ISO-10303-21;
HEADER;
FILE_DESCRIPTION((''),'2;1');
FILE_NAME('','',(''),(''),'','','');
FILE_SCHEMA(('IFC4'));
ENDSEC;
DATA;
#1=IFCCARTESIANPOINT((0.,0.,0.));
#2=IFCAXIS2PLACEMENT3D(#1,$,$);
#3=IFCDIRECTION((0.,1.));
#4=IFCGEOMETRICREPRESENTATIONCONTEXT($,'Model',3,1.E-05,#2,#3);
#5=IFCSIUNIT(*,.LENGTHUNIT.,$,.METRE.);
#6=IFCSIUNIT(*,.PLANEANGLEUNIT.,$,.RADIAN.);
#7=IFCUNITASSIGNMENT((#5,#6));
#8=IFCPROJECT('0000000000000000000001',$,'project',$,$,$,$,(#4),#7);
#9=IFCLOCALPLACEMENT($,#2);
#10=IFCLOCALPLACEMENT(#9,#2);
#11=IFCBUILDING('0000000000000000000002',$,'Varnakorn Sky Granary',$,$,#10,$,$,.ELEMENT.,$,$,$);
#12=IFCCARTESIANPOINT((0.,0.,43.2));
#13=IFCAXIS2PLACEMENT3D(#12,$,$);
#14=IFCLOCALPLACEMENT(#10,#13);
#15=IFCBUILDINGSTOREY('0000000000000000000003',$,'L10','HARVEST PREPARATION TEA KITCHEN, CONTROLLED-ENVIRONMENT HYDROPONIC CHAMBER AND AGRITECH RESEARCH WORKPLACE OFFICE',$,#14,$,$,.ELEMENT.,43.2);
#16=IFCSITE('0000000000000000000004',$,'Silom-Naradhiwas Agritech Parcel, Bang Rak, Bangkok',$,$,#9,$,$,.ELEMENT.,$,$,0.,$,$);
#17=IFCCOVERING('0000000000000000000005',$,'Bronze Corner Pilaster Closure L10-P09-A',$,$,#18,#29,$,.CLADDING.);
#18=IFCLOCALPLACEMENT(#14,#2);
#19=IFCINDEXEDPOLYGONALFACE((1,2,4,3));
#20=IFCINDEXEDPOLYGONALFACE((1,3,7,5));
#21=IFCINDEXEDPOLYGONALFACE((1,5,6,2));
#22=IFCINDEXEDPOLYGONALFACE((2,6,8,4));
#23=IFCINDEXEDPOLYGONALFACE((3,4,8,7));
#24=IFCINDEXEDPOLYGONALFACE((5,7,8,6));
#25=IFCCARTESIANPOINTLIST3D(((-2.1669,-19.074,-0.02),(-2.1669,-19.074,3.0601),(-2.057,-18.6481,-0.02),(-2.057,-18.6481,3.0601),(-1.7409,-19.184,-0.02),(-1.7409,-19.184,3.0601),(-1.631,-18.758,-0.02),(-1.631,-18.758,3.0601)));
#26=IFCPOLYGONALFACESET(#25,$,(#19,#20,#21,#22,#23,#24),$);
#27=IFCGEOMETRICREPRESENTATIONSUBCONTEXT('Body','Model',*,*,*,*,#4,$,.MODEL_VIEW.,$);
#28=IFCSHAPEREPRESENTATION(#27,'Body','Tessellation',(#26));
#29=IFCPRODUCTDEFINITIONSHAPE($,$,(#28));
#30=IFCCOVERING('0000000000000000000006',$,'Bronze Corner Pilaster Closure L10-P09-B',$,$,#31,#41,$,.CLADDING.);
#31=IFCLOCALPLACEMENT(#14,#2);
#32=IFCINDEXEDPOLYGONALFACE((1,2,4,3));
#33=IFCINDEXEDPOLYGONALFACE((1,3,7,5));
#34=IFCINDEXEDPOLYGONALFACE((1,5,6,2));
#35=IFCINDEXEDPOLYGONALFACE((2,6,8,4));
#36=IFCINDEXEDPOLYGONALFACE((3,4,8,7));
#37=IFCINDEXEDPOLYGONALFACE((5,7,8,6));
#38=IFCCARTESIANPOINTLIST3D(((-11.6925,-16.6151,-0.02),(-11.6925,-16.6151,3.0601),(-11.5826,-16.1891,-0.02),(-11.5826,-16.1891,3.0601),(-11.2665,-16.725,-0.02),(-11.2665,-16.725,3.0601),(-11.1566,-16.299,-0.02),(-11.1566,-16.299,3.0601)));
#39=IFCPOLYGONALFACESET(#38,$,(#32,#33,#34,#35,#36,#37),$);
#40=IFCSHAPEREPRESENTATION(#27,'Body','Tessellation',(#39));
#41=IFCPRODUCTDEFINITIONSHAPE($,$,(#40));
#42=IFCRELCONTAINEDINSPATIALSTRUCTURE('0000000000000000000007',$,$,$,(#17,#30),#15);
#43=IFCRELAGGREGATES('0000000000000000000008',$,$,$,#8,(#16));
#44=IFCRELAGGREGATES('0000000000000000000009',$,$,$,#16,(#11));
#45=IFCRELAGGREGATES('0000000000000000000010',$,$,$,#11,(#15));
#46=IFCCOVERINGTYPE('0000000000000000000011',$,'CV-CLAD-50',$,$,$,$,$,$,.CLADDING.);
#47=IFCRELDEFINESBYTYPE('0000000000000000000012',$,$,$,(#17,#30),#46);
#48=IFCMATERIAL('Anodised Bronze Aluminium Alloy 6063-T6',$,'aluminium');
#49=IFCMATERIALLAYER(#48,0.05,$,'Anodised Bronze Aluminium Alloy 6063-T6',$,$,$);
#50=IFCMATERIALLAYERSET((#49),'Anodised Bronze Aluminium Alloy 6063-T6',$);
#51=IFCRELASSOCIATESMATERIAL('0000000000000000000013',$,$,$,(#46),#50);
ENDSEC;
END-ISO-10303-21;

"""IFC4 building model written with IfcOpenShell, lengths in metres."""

from ifc_helpers import new_model, si_unit, direction, frame, origin, origin_2d, place, context, subcontext, project, spatial, rectangle, extrude, source, transform, mapped, material, layer, layer_set, type_object, type_shapes, element, save


model = new_model("IFC4")

# Units and contexts
model_context = context("Model", 3, precision=1e-05, world=origin(), true_north=direction((0.0, 1.0)))
body_context = subcontext(model_context, "Body", "Model", "MODEL_VIEW")
ifc_project = project(units=[si_unit("LENGTHUNIT", "METRE"), si_unit("PLANEANGLEUNIT", "RADIAN")], contexts=[model_context])

# Site, building, storey
site_placement = place(None, origin())
site = spatial("IfcSite", under=ifc_project, at=site_placement, Name="Silom-Naradhiwas Agritech Parcel, Bang Rak, Bangkok", CompositionType="ELEMENT", RefElevation=0.0)
building_placement = place(site_placement, origin())
building = spatial("IfcBuilding", under=site, at=building_placement, Name="Varnakorn Sky Granary", CompositionType="ELEMENT")
storey_placement = place(building_placement, frame((0.0, 0.0, 43.2)))
storey = spatial("IfcBuildingStorey", under=building, at=storey_placement, Name="L10", Description="HARVEST PREPARATION TEA KITCHEN, CONTROLLED-ENVIRONMENT HYDROPONIC CHAMBER AND AGRITECH RESEARCH WORKPLACE OFFICE", CompositionType="ELEMENT", Elevation=43.2)

# Shared definitions
ifc_material_1 = material(Name="Anodised Bronze Aluminium Alloy 6063-T6", Category="aluminium")

# Coverings
ifc_layer_1 = layer(ifc_material_1, 0.05, Name="Anodised Bronze Aluminium Alloy 6063-T6")
ifc_layer_set_1 = layer_set([ifc_layer_1], Name="Anodised Bronze Aluminium Alloy 6063-T6")
covering_type = type_object("IfcCoveringType", Name="CV-CLAD-50", PredefinedType="CLADDING", material=ifc_layer_set_1)
shared_shape_1 = source(origin(), body_context, "Body", "SweptSolid", [
    extrude(rectangle(XDim=0.4399, YDim=0.4399, at=origin_2d()), origin(), (0.0, 0.0, 1.0), 3.0801),
])
type_shapes(covering_type, [shared_shape_1])
for number, where, z_axis, x_axis, name in (
    (1, (-1.8989, -18.916, -0.02), (0.0, 0.0, 1.0), (-0.968279, 0.249873, 0.0), "Bronze Corner Pilaster Closure L10-P09-A"),
    (2, (-11.4246, -16.457, -0.02), (0.0, 0.0, 1.0), (-0.968279, 0.249873, 0.0), "Bronze Corner Pilaster Closure L10-P09-B"),
):
    element("IfcCovering", number, at=place(storey_placement, frame(where, z_axis=z_axis, x_axis=x_axis)), inside=storey, type_object=covering_type, Name=name, PredefinedType="CLADDING", context=body_context, shape_type="MappedRepresentation", body=[
        mapped(shared_shape_1, transform((0.0, 0.0, 0.0), x_axis=(1.0, 0.0, 0.0), y_axis=(0.0, 1.0, 0.0), z_axis=(0.0, 0.0, 1.0), scale=1.0)),
    ])

save(model, "model.ifc")
